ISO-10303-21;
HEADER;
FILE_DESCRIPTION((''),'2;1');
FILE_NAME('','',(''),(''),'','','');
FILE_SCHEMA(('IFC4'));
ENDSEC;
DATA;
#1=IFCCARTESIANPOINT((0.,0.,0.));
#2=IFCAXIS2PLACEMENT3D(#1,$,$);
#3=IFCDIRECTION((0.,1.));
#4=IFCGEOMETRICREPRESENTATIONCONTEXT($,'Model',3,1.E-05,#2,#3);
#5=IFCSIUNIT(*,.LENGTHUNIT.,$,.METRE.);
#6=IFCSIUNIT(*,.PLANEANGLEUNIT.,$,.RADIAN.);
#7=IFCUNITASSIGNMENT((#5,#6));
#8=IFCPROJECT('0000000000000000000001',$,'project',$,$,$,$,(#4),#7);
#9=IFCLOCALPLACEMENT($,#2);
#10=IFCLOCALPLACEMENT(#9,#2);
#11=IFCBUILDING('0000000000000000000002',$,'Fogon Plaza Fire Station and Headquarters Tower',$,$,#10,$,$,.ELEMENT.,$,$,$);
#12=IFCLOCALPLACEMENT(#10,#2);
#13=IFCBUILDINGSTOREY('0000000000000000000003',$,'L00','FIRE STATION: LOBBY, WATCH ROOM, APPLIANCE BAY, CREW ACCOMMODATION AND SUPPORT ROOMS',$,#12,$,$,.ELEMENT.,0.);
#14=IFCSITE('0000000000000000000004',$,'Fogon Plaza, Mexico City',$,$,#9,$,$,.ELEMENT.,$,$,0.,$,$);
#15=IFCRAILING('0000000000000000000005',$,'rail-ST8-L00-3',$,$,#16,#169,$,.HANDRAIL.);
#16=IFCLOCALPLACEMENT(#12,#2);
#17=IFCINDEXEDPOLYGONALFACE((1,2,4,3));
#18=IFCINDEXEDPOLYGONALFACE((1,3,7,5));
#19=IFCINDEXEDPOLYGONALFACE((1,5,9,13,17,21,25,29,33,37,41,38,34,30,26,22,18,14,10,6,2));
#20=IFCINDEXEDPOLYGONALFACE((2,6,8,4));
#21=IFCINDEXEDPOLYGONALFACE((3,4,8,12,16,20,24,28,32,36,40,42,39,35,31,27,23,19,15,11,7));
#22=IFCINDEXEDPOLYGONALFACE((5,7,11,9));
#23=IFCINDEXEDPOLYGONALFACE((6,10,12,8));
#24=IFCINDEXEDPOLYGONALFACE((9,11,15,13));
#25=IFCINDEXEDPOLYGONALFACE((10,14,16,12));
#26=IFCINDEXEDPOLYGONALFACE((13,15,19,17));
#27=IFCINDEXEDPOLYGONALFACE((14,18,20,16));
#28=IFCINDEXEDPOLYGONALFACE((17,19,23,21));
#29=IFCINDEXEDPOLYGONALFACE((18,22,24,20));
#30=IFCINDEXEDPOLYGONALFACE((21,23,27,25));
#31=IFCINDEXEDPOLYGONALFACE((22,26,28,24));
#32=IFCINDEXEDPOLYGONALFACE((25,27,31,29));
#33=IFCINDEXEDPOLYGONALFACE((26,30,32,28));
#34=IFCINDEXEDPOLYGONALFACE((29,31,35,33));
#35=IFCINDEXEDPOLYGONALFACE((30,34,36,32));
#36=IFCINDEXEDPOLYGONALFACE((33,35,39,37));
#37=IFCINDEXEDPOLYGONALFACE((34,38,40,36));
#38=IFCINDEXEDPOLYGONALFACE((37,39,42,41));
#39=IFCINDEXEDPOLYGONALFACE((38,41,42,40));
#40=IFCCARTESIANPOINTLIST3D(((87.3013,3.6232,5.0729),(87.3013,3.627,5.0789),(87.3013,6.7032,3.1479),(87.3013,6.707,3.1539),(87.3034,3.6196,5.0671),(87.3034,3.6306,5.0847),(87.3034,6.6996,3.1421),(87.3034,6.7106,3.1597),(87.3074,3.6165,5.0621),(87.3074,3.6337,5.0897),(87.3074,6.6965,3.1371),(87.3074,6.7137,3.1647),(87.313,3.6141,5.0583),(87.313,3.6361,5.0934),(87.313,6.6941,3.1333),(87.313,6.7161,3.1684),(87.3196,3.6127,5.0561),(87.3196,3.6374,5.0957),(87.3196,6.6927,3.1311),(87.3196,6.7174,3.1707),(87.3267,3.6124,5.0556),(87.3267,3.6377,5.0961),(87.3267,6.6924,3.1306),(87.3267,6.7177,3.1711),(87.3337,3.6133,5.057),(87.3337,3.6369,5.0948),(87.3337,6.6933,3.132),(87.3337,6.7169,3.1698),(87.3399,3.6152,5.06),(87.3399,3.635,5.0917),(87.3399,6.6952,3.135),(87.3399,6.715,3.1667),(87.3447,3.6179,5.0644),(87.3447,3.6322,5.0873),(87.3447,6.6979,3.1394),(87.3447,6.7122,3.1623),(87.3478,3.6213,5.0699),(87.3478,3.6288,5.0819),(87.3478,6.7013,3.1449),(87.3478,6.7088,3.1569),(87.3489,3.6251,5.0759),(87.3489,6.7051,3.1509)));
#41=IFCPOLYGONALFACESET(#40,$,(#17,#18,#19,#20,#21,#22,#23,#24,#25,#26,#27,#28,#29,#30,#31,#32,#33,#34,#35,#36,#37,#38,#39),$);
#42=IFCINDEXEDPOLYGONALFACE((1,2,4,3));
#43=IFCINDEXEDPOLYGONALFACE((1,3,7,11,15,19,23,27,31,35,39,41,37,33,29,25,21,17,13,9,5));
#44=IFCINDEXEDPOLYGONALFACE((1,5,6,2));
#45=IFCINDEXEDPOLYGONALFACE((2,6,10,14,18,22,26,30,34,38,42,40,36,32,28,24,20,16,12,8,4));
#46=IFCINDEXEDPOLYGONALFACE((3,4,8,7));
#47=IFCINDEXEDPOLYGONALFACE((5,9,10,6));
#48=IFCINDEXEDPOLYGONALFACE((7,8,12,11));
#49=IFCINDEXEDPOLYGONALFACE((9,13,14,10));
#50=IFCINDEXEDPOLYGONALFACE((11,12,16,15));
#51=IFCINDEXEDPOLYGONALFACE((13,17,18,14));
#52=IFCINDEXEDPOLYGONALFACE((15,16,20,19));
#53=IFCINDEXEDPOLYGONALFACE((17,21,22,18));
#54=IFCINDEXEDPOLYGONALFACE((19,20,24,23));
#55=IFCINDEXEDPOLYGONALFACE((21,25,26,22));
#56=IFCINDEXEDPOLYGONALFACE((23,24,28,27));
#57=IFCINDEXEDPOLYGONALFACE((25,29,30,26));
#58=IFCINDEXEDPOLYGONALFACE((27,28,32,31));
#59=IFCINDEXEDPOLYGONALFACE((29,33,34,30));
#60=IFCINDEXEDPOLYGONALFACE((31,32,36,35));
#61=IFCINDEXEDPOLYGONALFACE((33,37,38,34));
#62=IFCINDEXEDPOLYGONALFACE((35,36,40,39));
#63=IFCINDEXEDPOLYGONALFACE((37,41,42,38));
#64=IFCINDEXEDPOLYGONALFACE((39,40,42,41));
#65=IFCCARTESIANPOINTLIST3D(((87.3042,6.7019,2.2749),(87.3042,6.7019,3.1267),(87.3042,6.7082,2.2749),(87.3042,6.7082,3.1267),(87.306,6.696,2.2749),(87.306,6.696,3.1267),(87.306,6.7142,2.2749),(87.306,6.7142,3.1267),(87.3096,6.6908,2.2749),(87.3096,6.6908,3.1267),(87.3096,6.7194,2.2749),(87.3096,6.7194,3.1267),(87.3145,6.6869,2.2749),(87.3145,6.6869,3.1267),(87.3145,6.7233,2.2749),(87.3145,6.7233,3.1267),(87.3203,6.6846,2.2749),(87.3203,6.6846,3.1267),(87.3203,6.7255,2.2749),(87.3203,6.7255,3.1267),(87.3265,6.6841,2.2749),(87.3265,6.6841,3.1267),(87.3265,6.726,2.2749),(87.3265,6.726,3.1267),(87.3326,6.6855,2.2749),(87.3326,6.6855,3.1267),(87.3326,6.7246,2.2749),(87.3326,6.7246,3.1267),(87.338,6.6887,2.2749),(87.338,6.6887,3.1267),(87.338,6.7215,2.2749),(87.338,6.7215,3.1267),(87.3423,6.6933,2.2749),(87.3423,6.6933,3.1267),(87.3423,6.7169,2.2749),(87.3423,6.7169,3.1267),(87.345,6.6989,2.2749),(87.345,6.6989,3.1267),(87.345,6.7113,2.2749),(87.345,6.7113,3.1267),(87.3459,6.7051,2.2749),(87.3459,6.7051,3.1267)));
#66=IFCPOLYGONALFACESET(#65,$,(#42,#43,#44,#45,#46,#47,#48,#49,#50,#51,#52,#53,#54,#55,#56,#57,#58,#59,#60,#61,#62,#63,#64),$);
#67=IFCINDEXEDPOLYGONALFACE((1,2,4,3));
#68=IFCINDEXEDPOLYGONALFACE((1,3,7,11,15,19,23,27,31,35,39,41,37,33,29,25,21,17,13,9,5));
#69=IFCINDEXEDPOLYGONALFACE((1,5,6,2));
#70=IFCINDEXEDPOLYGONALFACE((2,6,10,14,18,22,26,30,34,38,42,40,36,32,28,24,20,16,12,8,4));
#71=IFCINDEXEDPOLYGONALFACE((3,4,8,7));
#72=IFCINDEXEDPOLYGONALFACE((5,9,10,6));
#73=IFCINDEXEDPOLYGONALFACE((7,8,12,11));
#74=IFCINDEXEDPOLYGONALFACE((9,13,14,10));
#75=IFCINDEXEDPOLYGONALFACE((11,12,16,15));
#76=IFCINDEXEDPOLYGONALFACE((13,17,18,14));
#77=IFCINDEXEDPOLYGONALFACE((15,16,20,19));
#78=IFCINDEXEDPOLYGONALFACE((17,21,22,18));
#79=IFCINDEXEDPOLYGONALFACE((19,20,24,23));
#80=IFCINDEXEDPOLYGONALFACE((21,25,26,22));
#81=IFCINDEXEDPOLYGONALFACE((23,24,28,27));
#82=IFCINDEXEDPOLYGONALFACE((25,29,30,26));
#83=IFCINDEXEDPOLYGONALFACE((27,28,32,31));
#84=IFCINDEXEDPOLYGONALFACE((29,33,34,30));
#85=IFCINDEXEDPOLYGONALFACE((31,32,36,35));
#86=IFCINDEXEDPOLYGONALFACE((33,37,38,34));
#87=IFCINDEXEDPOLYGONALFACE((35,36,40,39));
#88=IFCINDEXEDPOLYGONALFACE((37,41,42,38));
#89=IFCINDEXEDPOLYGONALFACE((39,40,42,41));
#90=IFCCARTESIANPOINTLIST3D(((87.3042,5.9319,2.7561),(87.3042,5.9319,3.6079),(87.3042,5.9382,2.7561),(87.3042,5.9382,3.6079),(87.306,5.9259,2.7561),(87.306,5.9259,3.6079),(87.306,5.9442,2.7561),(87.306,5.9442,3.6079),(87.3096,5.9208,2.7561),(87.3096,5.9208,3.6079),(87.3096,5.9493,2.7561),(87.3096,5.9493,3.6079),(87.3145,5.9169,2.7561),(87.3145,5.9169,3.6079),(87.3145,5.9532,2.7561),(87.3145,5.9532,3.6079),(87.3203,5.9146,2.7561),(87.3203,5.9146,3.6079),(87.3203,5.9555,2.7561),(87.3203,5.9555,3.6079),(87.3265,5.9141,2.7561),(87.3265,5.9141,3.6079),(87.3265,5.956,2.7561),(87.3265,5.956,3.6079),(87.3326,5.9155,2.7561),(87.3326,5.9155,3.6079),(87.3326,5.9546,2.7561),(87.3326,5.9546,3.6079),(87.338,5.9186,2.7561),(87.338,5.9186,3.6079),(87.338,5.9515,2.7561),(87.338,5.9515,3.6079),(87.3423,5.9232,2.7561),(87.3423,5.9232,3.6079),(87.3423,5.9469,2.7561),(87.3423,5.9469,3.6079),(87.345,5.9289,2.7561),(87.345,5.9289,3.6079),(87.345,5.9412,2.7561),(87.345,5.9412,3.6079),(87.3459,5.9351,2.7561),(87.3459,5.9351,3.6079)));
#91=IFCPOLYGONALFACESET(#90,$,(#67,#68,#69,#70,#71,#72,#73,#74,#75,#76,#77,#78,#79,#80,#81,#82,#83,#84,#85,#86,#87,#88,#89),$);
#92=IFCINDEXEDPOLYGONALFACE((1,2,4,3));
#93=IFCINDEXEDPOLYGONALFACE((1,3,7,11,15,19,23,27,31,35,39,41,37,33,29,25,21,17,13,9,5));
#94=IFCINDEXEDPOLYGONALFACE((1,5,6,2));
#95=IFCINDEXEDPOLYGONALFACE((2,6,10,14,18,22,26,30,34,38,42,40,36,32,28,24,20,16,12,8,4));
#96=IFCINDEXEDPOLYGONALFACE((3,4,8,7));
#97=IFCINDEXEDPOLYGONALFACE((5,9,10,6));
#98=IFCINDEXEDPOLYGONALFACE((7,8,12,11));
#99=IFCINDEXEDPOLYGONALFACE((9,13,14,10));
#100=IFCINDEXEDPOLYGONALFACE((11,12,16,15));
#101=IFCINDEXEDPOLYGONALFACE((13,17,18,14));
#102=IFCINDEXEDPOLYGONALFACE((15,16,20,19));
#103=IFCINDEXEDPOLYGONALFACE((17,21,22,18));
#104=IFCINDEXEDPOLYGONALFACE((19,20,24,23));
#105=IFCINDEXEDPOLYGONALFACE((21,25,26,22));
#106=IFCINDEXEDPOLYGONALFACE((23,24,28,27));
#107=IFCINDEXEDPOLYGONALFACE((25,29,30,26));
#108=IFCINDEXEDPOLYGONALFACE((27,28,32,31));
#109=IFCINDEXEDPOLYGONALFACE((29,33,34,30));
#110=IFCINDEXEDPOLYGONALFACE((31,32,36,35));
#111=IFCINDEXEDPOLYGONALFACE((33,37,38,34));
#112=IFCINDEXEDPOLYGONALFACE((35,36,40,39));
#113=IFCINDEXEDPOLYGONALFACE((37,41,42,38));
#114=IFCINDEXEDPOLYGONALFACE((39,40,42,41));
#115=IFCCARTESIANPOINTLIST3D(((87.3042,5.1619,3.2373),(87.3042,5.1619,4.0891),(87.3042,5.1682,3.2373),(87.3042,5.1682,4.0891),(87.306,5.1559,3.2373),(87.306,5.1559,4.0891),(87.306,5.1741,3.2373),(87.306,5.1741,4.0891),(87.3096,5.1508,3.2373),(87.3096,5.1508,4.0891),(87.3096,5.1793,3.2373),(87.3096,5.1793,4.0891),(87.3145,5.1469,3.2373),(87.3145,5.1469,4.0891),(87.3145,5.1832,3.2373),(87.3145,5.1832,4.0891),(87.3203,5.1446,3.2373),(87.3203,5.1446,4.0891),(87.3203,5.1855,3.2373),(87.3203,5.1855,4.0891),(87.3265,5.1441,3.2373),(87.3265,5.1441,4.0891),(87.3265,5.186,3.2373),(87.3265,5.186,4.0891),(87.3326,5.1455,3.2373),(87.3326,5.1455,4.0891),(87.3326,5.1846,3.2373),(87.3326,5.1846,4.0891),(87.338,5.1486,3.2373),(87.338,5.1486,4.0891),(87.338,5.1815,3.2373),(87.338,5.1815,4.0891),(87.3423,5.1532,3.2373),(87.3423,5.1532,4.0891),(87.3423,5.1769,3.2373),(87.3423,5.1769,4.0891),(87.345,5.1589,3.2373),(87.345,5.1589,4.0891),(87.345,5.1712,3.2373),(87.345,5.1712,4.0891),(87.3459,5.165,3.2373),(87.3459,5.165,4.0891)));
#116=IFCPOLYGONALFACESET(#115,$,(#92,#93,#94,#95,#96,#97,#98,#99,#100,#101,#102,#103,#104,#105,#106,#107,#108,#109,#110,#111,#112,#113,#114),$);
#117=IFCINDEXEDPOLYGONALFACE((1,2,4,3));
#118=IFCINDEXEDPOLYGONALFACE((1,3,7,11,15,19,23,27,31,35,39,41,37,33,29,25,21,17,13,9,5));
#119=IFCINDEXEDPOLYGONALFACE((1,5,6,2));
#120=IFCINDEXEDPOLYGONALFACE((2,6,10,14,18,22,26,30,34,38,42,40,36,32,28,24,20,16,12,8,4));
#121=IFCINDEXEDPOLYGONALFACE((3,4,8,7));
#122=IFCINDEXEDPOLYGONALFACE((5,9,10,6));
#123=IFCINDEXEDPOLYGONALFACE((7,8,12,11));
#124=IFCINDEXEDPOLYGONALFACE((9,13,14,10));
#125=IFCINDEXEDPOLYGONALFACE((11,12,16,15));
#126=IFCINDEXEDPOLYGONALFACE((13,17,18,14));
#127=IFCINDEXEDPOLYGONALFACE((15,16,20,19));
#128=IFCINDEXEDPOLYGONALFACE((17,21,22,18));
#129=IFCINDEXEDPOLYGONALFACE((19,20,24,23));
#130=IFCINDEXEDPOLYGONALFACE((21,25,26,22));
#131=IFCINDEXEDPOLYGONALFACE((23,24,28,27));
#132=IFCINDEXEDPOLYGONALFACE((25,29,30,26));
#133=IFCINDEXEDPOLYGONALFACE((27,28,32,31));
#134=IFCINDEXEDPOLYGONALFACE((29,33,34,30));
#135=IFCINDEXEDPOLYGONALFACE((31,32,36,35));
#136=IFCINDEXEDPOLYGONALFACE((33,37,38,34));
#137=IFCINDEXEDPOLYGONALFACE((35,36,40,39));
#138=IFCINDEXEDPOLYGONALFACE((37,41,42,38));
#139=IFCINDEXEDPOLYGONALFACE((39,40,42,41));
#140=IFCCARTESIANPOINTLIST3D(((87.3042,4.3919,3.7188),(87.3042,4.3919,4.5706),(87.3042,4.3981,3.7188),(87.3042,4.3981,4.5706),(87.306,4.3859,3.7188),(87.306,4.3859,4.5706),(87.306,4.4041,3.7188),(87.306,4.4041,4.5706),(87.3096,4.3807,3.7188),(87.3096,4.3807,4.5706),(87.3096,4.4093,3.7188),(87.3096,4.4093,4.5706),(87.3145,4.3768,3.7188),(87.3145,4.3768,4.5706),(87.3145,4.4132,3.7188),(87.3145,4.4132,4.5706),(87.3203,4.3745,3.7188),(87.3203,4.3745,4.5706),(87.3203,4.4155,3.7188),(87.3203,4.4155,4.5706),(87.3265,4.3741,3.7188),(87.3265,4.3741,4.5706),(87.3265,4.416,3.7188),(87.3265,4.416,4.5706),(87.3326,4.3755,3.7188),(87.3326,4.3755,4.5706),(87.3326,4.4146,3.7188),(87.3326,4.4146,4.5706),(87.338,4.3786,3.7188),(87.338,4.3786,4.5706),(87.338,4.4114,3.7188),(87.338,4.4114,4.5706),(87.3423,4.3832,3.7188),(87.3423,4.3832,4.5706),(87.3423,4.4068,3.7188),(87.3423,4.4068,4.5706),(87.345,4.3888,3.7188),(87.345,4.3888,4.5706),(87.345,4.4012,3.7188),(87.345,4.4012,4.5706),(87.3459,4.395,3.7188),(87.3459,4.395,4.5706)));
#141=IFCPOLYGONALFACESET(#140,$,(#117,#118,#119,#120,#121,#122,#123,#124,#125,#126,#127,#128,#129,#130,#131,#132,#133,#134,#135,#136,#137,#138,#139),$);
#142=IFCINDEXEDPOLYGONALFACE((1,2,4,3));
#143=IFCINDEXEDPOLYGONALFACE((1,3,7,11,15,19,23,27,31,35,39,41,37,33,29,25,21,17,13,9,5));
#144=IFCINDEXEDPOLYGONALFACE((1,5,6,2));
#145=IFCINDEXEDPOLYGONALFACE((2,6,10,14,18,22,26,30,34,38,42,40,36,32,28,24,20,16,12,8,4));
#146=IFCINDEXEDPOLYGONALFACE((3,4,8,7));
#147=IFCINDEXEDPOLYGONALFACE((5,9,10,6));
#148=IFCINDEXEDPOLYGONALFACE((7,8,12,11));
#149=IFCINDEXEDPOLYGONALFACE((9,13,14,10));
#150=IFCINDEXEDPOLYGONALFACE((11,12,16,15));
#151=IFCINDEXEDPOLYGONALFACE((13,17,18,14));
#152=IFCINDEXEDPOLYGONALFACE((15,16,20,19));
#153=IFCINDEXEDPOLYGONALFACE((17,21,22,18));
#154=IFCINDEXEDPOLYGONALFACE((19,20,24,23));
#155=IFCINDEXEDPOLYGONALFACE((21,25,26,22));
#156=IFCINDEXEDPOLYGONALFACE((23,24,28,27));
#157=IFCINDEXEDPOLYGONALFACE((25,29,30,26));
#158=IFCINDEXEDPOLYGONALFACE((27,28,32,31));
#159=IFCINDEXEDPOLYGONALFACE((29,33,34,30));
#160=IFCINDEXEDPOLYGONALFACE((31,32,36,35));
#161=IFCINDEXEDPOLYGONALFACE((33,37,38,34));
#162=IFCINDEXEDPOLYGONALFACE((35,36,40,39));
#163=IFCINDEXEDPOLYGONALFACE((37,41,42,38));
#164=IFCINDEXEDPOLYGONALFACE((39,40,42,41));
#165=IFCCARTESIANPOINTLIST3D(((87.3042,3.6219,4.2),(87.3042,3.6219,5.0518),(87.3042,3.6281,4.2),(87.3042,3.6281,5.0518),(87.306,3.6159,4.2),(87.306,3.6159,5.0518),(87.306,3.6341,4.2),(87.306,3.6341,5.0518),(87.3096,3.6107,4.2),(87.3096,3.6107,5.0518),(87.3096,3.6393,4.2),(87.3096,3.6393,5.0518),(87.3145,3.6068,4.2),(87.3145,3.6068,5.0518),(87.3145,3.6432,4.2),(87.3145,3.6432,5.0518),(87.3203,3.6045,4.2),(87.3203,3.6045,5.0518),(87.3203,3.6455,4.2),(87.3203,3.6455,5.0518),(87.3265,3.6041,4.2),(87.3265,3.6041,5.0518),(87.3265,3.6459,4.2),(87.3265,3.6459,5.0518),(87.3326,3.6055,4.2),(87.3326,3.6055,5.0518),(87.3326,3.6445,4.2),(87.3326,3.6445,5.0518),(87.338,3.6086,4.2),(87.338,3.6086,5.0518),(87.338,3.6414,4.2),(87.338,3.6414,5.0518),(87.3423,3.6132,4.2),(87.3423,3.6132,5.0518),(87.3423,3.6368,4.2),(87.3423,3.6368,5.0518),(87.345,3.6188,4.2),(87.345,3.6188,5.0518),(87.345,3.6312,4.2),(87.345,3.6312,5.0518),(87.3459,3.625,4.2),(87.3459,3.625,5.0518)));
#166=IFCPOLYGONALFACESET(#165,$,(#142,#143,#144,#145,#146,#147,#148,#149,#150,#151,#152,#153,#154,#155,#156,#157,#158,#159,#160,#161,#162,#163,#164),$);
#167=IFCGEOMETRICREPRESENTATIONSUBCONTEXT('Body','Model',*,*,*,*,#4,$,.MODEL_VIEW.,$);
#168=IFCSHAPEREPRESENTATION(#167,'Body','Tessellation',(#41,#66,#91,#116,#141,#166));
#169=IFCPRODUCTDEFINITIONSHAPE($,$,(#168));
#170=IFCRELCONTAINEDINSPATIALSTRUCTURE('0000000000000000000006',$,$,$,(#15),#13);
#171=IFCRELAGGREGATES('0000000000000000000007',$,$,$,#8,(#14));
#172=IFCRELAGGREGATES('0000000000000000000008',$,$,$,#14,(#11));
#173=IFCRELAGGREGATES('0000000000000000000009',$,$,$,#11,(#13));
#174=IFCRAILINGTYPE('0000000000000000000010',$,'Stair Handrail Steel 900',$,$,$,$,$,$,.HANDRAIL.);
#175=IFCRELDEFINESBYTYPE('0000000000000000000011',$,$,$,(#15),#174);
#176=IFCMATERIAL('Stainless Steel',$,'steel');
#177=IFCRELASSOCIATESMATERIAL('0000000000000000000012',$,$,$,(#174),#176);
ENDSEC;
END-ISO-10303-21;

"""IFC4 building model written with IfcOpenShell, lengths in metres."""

from ifc_helpers import new_model, si_unit, direction, frame, origin, origin_2d, place, context, subcontext, project, spatial, circle, extrude, material, type_object, element, save


model = new_model("IFC4")

# Units and contexts
model_context = context("Model", 3, precision=1e-05, world=origin(), true_north=direction((0.0, 1.0)))
body_context = subcontext(model_context, "Body", "Model", "MODEL_VIEW")
ifc_project = project(units=[si_unit("LENGTHUNIT", "METRE"), si_unit("PLANEANGLEUNIT", "RADIAN")], contexts=[model_context])

# Site, building, storey
site_placement = place(None, origin())
site = spatial("IfcSite", under=ifc_project, at=site_placement, Name="Fogon Plaza, Mexico City", CompositionType="ELEMENT", RefElevation=0.0)
building_placement = place(site_placement, origin())
building = spatial("IfcBuilding", under=site, at=building_placement, Name="Fogon Plaza Fire Station and Headquarters Tower", CompositionType="ELEMENT")
storey_placement = place(building_placement, origin())
storey = spatial("IfcBuildingStorey", under=building, at=storey_placement, Name="L00", Description="FIRE STATION: LOBBY, WATCH ROOM, APPLIANCE BAY, CREW ACCOMMODATION AND SUPPORT ROOMS", CompositionType="ELEMENT", Elevation=0.0)

# Railing
ifc_material_1 = material(Name="Stainless Steel", Category="steel")
railing_type = type_object("IfcRailingType", Name="Stair Handrail Steel 900", PredefinedType="HANDRAIL", material=ifc_material_1)
for number, where, name in (
    (1, (87.325, 6.7051, 2.2749), "rail-ST8-L00-3"),
):
    element("IfcRailing", number, at=place(storey_placement, frame(where)), inside=storey, type_object=railing_type, Name=name, PredefinedType="HANDRAIL", context=body_context, shape_type="SweptSolid", body=[
        extrude(circle(Radius=0.0239, at=origin_2d()), frame((0.0, 0.0, 0.876), z_axis=(0.0, -0.847998, 0.529999), x_axis=(1.0, 0.0, 0.0)), (0.0, 0.0, 1.0), 3.6321),
        extrude(circle(Radius=0.021, at=origin_2d()), origin(), (0.0, 0.0, 1.0), 0.8518),
        extrude(circle(Radius=0.021, at=origin_2d()), frame((0.0, -0.77, 0.4812)), (0.0, 0.0, 1.0), 0.8518),
        extrude(circle(Radius=0.021, at=origin_2d()), frame((0.0, -1.54, 0.9624)), (0.0, 0.0, 1.0), 0.8518),
        extrude(circle(Radius=0.021, at=origin_2d()), frame((0.0, -2.3101, 1.4438)), (0.0, 0.0, 1.0), 0.8518),
        extrude(circle(Radius=0.021, at=origin_2d()), frame((0.0, -3.0801, 1.925)), (0.0, 0.0, 1.0), 0.8518),
    ])

save(model, "model.ifc")
